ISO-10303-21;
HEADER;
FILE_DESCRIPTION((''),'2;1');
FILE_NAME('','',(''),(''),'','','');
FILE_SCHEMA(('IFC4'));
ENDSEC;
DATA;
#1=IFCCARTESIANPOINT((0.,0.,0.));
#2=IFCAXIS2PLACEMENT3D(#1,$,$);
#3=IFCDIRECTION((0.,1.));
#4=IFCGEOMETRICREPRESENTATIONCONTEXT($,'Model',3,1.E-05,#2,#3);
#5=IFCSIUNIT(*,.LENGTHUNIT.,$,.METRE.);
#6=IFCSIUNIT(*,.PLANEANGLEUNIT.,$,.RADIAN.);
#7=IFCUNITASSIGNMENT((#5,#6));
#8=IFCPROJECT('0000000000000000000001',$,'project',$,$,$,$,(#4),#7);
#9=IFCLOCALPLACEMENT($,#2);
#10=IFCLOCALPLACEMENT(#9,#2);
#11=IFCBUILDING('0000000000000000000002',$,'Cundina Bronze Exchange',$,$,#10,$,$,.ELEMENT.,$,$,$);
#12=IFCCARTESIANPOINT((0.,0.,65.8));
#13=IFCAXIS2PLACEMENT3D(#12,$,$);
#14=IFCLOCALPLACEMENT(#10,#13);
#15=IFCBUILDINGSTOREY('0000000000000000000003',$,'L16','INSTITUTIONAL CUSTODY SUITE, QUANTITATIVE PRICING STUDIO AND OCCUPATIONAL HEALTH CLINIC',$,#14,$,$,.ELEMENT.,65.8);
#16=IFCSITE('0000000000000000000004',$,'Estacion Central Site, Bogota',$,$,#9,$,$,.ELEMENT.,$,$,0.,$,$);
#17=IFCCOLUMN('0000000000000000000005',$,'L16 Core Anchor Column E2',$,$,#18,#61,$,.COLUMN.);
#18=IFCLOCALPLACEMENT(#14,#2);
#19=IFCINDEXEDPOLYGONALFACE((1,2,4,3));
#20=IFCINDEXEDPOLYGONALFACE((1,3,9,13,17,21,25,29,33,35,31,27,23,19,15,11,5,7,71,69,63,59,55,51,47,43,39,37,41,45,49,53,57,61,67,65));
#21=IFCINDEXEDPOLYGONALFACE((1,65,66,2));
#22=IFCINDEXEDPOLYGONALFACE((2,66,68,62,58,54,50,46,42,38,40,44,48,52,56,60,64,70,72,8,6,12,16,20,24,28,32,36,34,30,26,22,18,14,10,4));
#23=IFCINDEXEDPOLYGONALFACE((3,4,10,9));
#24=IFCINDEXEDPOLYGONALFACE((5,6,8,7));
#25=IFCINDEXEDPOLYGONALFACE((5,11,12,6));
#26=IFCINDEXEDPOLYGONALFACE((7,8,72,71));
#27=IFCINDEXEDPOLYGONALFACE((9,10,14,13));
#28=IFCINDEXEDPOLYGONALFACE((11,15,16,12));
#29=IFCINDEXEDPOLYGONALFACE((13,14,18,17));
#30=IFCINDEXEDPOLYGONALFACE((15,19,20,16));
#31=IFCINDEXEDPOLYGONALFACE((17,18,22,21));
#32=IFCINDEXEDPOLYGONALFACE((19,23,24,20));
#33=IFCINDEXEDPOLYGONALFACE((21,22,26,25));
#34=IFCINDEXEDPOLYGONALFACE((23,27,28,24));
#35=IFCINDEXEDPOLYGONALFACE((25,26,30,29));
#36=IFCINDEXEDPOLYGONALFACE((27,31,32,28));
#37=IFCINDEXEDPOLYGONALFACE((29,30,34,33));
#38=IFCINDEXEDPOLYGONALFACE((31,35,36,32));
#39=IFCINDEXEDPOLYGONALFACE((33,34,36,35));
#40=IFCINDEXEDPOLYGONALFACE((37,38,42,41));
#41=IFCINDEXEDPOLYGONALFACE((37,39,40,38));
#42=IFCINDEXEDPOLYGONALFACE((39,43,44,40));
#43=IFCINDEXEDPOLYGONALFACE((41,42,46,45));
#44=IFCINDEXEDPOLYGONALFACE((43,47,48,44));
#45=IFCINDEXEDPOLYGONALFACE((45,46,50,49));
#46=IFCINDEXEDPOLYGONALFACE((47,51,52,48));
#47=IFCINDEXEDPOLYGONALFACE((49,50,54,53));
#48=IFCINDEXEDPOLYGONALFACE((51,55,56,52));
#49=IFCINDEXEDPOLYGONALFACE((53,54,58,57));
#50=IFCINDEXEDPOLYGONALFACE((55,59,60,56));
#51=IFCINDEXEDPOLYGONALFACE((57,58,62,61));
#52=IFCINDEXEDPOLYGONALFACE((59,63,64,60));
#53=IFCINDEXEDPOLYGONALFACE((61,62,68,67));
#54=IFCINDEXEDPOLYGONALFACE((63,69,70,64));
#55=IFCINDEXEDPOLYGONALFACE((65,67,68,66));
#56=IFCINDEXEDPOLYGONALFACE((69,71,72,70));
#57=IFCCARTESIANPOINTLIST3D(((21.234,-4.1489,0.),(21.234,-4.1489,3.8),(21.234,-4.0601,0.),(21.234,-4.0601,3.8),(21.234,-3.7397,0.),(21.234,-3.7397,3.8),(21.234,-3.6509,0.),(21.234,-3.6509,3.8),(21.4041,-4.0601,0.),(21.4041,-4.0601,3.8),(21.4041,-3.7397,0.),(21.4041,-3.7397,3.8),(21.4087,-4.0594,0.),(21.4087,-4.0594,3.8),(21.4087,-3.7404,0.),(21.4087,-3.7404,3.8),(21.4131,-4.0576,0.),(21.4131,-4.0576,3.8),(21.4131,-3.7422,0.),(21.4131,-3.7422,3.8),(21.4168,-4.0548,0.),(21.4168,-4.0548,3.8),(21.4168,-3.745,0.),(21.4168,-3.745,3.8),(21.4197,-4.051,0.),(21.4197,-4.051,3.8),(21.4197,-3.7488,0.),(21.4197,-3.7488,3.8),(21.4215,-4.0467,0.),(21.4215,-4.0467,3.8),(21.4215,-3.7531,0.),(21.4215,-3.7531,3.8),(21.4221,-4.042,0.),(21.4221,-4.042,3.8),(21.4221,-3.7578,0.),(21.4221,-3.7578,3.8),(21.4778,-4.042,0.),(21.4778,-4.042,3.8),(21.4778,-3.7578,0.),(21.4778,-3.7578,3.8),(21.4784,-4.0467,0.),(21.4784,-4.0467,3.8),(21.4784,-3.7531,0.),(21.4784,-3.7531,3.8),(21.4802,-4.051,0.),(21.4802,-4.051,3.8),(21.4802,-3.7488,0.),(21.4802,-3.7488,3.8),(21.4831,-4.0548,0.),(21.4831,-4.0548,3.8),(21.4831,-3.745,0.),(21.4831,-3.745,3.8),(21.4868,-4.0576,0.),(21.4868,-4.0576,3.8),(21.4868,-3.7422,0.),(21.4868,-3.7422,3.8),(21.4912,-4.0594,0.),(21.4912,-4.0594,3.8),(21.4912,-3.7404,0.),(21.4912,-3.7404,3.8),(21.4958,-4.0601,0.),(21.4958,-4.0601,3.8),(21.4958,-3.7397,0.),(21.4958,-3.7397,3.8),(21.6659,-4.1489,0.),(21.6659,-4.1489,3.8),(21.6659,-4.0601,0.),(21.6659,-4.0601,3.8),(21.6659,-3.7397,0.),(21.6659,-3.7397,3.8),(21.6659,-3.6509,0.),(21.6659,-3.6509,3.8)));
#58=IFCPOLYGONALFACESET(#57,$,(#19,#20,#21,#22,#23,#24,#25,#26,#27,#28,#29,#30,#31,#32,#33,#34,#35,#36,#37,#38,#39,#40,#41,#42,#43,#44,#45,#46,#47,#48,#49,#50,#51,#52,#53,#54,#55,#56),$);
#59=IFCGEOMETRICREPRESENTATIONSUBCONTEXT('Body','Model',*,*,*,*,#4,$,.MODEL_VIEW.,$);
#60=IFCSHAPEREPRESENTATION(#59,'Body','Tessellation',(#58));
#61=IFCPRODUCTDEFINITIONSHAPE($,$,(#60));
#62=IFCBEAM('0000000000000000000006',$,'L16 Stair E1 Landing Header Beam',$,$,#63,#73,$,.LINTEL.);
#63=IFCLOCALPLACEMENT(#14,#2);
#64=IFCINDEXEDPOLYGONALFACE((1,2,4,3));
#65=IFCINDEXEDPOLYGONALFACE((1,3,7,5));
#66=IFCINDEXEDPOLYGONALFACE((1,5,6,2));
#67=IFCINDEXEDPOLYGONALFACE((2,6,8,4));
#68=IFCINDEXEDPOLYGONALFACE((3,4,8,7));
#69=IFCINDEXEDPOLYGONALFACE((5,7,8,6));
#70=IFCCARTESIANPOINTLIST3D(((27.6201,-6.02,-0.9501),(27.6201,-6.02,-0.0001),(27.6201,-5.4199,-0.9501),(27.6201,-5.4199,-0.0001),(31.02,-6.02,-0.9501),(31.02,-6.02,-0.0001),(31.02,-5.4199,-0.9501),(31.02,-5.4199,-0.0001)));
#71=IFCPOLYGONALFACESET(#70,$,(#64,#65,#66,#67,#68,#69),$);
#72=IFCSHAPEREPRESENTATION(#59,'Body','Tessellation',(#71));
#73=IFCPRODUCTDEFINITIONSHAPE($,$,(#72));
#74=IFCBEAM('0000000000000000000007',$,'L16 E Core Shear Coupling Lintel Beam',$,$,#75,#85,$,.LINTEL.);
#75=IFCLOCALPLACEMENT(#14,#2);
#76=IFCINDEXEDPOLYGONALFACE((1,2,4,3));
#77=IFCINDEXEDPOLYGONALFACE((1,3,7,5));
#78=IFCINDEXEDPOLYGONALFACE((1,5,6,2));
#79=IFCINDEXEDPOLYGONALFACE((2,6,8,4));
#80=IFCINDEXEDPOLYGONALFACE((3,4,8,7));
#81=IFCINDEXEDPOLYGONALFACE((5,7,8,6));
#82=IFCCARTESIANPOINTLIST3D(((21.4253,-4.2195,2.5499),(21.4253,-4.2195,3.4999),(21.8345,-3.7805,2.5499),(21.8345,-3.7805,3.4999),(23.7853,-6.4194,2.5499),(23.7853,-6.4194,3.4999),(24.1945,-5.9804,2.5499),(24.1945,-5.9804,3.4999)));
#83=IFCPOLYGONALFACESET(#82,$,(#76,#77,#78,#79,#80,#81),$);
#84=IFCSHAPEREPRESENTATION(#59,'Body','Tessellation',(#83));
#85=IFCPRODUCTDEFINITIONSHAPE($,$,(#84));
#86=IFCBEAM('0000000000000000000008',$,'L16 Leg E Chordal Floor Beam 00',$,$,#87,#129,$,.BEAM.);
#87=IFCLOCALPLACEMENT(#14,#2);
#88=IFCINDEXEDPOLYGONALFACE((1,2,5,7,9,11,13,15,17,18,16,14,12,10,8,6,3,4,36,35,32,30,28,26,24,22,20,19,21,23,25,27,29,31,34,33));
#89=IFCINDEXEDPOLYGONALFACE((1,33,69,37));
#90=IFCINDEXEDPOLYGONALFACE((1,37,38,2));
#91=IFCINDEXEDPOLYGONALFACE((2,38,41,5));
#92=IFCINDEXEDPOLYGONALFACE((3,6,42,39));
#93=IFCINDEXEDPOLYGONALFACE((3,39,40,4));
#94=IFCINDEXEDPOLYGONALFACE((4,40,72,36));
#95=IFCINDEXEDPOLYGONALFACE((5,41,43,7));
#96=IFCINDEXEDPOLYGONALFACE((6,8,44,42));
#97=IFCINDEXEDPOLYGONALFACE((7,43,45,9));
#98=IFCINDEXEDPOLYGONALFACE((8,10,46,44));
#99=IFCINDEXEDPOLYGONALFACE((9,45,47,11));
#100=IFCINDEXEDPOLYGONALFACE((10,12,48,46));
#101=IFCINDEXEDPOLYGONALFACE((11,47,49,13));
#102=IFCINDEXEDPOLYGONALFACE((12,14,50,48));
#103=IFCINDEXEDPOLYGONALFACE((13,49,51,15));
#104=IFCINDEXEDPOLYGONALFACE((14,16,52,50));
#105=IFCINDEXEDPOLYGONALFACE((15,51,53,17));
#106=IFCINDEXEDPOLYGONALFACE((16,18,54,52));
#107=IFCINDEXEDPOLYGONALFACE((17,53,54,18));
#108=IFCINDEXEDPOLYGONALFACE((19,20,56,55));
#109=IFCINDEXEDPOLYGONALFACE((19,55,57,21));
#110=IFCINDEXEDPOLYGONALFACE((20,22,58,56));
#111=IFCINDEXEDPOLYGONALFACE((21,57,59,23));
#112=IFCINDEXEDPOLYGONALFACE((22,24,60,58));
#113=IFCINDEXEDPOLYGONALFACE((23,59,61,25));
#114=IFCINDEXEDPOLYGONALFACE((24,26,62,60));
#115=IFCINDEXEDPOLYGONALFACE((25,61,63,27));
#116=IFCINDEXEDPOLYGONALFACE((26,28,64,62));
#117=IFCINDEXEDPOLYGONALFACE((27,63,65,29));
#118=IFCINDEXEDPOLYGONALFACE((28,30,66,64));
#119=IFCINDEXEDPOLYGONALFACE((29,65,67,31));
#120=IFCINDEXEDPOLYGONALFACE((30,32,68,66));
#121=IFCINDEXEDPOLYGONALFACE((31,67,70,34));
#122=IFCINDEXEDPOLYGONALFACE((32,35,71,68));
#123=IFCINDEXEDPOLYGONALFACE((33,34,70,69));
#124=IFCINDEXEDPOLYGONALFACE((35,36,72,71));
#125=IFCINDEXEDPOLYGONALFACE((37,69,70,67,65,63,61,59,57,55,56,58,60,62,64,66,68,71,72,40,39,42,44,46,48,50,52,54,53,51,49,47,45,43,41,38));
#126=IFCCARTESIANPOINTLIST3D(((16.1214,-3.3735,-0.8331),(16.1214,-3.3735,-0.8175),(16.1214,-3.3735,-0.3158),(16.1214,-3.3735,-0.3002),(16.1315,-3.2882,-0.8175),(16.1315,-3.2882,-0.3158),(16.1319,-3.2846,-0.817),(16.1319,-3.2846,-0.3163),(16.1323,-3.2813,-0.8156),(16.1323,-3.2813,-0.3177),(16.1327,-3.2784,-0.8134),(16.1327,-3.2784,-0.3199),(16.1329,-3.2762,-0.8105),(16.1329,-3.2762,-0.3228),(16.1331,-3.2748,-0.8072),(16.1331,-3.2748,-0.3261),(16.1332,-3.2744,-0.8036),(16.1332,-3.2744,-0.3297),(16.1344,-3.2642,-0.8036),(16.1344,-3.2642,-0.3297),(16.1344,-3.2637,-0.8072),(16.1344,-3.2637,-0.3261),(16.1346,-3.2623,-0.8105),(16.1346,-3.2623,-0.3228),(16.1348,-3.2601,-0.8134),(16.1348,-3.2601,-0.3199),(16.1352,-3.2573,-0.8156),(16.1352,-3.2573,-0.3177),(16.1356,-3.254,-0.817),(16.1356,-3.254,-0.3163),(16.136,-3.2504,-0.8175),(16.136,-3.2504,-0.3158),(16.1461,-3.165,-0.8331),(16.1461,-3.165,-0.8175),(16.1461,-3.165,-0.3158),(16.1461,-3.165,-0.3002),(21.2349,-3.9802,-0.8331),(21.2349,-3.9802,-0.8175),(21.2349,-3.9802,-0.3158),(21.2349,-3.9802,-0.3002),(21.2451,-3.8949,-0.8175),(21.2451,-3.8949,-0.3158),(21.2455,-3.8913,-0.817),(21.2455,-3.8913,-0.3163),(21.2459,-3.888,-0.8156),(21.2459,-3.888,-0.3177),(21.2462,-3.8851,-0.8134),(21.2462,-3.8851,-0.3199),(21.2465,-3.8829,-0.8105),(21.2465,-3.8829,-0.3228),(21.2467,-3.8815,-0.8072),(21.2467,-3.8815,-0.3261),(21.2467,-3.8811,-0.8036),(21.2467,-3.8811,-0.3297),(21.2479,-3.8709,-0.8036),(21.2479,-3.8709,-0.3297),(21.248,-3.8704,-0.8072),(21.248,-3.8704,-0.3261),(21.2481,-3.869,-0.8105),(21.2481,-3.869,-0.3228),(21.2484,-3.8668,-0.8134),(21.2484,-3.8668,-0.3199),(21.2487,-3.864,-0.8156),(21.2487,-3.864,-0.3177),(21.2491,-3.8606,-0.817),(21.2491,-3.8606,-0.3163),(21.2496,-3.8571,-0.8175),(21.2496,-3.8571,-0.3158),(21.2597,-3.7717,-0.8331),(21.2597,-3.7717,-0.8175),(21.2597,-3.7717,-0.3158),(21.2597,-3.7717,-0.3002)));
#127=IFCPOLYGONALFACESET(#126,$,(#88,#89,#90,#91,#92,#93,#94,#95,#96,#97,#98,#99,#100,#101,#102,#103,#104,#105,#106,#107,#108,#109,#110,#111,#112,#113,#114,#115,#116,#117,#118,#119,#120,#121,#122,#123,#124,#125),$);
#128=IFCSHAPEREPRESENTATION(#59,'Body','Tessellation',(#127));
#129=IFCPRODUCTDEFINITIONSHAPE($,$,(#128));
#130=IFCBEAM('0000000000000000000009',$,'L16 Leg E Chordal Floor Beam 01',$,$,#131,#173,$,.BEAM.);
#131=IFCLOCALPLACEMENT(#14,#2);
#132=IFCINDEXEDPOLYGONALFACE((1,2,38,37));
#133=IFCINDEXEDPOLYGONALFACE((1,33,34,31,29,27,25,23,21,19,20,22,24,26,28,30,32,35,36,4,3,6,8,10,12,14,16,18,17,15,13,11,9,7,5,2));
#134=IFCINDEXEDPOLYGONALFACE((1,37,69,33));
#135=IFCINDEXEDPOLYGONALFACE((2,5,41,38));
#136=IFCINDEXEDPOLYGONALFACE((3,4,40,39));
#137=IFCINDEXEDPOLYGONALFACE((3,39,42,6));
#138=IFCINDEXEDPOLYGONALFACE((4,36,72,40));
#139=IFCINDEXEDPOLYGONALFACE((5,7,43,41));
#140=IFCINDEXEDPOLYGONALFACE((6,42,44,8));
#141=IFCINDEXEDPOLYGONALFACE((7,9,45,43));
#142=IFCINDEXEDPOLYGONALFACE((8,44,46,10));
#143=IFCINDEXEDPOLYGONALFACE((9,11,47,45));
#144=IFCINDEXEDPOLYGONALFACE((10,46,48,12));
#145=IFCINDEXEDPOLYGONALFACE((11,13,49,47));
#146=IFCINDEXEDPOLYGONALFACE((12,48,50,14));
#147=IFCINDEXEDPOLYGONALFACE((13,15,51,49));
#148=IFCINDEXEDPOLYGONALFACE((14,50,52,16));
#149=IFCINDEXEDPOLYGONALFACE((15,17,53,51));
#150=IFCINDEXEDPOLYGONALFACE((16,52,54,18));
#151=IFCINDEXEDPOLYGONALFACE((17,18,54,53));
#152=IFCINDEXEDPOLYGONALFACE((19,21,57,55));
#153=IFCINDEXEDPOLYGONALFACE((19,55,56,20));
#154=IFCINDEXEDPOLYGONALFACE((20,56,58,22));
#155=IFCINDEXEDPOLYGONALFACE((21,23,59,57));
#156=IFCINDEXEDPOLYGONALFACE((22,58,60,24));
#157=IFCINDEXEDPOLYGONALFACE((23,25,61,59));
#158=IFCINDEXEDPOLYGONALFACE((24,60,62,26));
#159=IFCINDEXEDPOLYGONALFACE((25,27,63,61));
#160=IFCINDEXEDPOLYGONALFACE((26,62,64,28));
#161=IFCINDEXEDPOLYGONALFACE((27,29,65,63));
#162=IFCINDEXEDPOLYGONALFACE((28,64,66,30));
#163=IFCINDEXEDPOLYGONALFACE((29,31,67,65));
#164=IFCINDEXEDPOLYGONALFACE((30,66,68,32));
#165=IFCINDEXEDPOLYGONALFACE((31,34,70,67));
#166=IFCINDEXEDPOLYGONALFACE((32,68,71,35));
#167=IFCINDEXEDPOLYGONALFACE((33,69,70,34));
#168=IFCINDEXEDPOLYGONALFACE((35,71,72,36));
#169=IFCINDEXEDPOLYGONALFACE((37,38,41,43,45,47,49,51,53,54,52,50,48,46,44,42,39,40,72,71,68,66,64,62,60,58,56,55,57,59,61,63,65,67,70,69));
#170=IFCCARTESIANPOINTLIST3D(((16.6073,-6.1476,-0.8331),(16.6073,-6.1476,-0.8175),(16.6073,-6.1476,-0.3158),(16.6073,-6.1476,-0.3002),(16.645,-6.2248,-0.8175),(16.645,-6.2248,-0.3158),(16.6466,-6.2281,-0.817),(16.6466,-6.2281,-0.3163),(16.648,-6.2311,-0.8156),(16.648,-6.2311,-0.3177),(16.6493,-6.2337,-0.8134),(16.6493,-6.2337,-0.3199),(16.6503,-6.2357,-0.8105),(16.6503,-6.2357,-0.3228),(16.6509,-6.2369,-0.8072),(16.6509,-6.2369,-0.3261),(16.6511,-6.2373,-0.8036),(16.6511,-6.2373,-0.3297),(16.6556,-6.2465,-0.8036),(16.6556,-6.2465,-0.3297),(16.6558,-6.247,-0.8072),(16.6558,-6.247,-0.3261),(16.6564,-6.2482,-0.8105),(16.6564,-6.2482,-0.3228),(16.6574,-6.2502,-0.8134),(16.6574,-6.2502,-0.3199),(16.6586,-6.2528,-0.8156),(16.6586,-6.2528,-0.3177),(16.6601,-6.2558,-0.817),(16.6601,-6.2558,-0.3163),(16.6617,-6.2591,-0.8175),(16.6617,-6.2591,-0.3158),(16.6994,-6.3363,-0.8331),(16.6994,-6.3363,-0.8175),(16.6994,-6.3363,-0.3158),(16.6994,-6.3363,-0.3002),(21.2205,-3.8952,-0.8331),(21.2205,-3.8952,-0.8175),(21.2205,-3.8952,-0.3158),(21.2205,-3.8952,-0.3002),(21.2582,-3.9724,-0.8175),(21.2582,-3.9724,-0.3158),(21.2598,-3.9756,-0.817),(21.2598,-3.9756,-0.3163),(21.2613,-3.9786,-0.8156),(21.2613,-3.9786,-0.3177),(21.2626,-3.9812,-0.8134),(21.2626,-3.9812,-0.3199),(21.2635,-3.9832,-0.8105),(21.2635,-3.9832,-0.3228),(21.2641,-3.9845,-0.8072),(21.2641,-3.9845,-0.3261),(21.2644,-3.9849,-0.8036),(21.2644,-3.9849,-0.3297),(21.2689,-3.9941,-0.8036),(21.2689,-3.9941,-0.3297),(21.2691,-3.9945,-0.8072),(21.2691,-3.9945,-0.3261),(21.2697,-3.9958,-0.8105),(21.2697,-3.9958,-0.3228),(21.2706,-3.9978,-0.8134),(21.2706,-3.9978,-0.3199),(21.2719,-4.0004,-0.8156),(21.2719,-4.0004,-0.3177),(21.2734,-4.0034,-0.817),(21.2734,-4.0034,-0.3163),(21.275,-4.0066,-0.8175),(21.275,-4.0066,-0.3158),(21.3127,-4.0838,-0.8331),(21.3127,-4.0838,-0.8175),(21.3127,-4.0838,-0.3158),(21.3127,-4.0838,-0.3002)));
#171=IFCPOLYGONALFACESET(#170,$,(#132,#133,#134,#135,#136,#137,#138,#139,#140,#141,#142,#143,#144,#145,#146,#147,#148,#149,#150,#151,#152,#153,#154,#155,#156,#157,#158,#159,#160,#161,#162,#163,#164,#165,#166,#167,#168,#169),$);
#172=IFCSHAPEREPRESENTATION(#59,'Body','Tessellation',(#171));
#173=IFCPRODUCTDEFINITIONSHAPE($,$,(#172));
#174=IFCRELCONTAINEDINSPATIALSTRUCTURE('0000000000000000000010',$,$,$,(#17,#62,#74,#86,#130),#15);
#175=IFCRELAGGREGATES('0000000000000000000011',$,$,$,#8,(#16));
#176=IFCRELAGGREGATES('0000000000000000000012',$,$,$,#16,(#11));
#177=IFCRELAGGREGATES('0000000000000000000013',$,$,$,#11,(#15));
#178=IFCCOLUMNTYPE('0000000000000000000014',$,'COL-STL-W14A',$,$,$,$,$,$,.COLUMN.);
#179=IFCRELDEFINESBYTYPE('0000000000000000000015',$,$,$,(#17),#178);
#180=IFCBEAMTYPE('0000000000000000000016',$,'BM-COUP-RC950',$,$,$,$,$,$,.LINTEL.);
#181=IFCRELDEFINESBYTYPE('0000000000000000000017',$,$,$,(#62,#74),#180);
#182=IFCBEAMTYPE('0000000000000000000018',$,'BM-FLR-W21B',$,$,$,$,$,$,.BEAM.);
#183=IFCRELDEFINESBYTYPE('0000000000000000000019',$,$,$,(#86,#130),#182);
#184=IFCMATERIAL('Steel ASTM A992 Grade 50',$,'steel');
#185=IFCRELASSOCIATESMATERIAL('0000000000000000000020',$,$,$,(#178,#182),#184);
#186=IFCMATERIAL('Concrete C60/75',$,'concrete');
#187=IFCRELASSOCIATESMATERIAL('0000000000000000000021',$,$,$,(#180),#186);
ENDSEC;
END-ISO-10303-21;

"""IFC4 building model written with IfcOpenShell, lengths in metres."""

from ifc_helpers import new_model, si_unit, direction, frame, origin, origin_2d, place, context, subcontext, project, spatial, rectangle, i_section, extrude, material, material_profile, profile_set, type_object, element, save


model = new_model("IFC4")

# Units and contexts
model_context = context("Model", 3, precision=1e-05, world=origin(), true_north=direction((0.0, 1.0)))
body_context = subcontext(model_context, "Body", "Model", "MODEL_VIEW")
ifc_project = project(units=[si_unit("LENGTHUNIT", "METRE"), si_unit("PLANEANGLEUNIT", "RADIAN")], contexts=[model_context])

# Site, building, storey
site_placement = place(None, origin())
site = spatial("IfcSite", under=ifc_project, at=site_placement, Name="Estacion Central Site, Bogota", CompositionType="ELEMENT", RefElevation=0.0)
building_placement = place(site_placement, origin())
building = spatial("IfcBuilding", under=site, at=building_placement, Name="Cundina Bronze Exchange", CompositionType="ELEMENT")
storey_placement = place(building_placement, frame((0.0, 0.0, 65.8)))
storey = spatial("IfcBuildingStorey", under=building, at=storey_placement, Name="L16", Description="INSTITUTIONAL CUSTODY SUITE, QUANTITATIVE PRICING STUDIO AND OCCUPATIONAL HEALTH CLINIC", CompositionType="ELEMENT", Elevation=65.8)

# Column
ifc_material_1 = material(Name="Steel ASTM A992 Grade 50", Category="steel")
ifc_material_profile_1 = material_profile(ifc_material_1, i_section(OverallWidth=0.4319, OverallDepth=0.498, WebThickness=0.0557, FlangeThickness=0.0889, FilletRadius=0.0181, at=origin_2d()), Name="W14X500", Category="steel")
ifc_profile_set_1 = profile_set([ifc_material_profile_1], Name="Steel ASTM A992 Grade 50")
column_type = type_object("IfcColumnType", Name="COL-STL-W14A", PredefinedType="COLUMN", material=ifc_profile_set_1)
column_placement = place(storey_placement, frame((21.45, -3.8999, 0.0), z_axis=(0.0, 0.0, 1.0), x_axis=(1.0, 0.0, 0.0)))
element("IfcColumn", 1, at=column_placement, inside=storey, type_object=column_type, Name="L16 Core Anchor Column E2", PredefinedType="COLUMN", context=body_context, shape_type="SweptSolid", body=[
    extrude(i_section(OverallWidth=0.4319, OverallDepth=0.498, WebThickness=0.0557, FlangeThickness=0.0889, FilletRadius=0.0181, at=origin_2d()), origin(), (0.0, 0.0, 1.0), 3.8),
])

# Beams
ifc_material_2 = material(Name="Concrete C60/75", Category="concrete")
ifc_material_profile_2 = material_profile(ifc_material_2, rectangle(XDim=0.6001, YDim=0.95, at=origin_2d()), Name="RC600X950", Category="concrete")
ifc_profile_set_2 = profile_set([ifc_material_profile_2], Name="Concrete C60/75")
beam_type_1 = type_object("IfcBeamType", Name="BM-COUP-RC950", PredefinedType="LINTEL", material=ifc_profile_set_2)
beam_1_placement = place(storey_placement, frame((27.6201, -5.72, -0.4751), z_axis=(1.0, 0.0, 0.0), x_axis=(0.0, 1.0, 0.0)))
element("IfcBeam", 2, at=beam_1_placement, inside=storey, type_object=beam_type_1, Name="L16 Stair E1 Landing Header Beam", PredefinedType="LINTEL", context=body_context, shape_type="SweptSolid", body=[
    extrude(rectangle(XDim=0.6001, YDim=0.95, at=origin_2d()), origin(), (0.0, 0.0, 1.0), 3.3999),
])
beam_2_placement = place(storey_placement, frame((21.6299, -4.0, 3.0249), z_axis=(0.73149, -0.681852, 0.0), x_axis=(0.681852, 0.73149, 0.0)))
element("IfcBeam", 3, at=beam_2_placement, inside=storey, type_object=beam_type_1, Name="L16 E Core Shear Coupling Lintel Beam", PredefinedType="LINTEL", context=body_context, shape_type="SweptSolid", body=[
    extrude(rectangle(XDim=0.6001, YDim=0.95, at=origin_2d()), origin(), (0.0, 0.0, 1.0), 3.2263),
])
ifc_material_profile_3 = material_profile(ifc_material_1, i_section(OverallWidth=0.21, OverallDepth=0.533, WebThickness=0.0103, FlangeThickness=0.0156, FilletRadius=0.0139, at=origin_2d()), Name="W21X62", Category="steel")
ifc_profile_set_3 = profile_set([ifc_material_profile_3], Name="Steel ASTM A992 Grade 50")
beam_type_2 = type_object("IfcBeamType", Name="BM-FLR-W21B", PredefinedType="BEAM", material=ifc_profile_set_3)
beam_3_placement = place(storey_placement, frame((21.2473, -3.876, -0.5667), z_axis=(-0.993035, 0.117818, 0.0), x_axis=(-0.117818, -0.993035, 0.0)))
element("IfcBeam", 4, at=beam_3_placement, inside=storey, type_object=beam_type_2, Name="L16 Leg E Chordal Floor Beam 00", PredefinedType="BEAM", context=body_context, shape_type="SweptSolid", body=[
    extrude(i_section(OverallWidth=0.21, OverallDepth=0.533, WebThickness=0.0103, FlangeThickness=0.0156, FilletRadius=0.0139, at=origin_2d()), origin(), (0.0, 0.0, 1.0), 5.1494),
])
beam_4_placement = place(storey_placement, frame((21.2666, -3.9895, -0.5667), z_axis=(-0.89861, -0.438748, 0.0), x_axis=(0.438748, -0.89861, 0.0)))
element("IfcBeam", 5, at=beam_4_placement, inside=storey, type_object=beam_type_2, Name="L16 Leg E Chordal Floor Beam 01", PredefinedType="BEAM", context=body_context, shape_type="SweptSolid", body=[
    extrude(i_section(OverallWidth=0.21, OverallDepth=0.533, WebThickness=0.0103, FlangeThickness=0.0156, FilletRadius=0.0139, at=origin_2d()), origin(), (0.0, 0.0, 1.0), 5.1338),
])

save(model, "model.ifc")
